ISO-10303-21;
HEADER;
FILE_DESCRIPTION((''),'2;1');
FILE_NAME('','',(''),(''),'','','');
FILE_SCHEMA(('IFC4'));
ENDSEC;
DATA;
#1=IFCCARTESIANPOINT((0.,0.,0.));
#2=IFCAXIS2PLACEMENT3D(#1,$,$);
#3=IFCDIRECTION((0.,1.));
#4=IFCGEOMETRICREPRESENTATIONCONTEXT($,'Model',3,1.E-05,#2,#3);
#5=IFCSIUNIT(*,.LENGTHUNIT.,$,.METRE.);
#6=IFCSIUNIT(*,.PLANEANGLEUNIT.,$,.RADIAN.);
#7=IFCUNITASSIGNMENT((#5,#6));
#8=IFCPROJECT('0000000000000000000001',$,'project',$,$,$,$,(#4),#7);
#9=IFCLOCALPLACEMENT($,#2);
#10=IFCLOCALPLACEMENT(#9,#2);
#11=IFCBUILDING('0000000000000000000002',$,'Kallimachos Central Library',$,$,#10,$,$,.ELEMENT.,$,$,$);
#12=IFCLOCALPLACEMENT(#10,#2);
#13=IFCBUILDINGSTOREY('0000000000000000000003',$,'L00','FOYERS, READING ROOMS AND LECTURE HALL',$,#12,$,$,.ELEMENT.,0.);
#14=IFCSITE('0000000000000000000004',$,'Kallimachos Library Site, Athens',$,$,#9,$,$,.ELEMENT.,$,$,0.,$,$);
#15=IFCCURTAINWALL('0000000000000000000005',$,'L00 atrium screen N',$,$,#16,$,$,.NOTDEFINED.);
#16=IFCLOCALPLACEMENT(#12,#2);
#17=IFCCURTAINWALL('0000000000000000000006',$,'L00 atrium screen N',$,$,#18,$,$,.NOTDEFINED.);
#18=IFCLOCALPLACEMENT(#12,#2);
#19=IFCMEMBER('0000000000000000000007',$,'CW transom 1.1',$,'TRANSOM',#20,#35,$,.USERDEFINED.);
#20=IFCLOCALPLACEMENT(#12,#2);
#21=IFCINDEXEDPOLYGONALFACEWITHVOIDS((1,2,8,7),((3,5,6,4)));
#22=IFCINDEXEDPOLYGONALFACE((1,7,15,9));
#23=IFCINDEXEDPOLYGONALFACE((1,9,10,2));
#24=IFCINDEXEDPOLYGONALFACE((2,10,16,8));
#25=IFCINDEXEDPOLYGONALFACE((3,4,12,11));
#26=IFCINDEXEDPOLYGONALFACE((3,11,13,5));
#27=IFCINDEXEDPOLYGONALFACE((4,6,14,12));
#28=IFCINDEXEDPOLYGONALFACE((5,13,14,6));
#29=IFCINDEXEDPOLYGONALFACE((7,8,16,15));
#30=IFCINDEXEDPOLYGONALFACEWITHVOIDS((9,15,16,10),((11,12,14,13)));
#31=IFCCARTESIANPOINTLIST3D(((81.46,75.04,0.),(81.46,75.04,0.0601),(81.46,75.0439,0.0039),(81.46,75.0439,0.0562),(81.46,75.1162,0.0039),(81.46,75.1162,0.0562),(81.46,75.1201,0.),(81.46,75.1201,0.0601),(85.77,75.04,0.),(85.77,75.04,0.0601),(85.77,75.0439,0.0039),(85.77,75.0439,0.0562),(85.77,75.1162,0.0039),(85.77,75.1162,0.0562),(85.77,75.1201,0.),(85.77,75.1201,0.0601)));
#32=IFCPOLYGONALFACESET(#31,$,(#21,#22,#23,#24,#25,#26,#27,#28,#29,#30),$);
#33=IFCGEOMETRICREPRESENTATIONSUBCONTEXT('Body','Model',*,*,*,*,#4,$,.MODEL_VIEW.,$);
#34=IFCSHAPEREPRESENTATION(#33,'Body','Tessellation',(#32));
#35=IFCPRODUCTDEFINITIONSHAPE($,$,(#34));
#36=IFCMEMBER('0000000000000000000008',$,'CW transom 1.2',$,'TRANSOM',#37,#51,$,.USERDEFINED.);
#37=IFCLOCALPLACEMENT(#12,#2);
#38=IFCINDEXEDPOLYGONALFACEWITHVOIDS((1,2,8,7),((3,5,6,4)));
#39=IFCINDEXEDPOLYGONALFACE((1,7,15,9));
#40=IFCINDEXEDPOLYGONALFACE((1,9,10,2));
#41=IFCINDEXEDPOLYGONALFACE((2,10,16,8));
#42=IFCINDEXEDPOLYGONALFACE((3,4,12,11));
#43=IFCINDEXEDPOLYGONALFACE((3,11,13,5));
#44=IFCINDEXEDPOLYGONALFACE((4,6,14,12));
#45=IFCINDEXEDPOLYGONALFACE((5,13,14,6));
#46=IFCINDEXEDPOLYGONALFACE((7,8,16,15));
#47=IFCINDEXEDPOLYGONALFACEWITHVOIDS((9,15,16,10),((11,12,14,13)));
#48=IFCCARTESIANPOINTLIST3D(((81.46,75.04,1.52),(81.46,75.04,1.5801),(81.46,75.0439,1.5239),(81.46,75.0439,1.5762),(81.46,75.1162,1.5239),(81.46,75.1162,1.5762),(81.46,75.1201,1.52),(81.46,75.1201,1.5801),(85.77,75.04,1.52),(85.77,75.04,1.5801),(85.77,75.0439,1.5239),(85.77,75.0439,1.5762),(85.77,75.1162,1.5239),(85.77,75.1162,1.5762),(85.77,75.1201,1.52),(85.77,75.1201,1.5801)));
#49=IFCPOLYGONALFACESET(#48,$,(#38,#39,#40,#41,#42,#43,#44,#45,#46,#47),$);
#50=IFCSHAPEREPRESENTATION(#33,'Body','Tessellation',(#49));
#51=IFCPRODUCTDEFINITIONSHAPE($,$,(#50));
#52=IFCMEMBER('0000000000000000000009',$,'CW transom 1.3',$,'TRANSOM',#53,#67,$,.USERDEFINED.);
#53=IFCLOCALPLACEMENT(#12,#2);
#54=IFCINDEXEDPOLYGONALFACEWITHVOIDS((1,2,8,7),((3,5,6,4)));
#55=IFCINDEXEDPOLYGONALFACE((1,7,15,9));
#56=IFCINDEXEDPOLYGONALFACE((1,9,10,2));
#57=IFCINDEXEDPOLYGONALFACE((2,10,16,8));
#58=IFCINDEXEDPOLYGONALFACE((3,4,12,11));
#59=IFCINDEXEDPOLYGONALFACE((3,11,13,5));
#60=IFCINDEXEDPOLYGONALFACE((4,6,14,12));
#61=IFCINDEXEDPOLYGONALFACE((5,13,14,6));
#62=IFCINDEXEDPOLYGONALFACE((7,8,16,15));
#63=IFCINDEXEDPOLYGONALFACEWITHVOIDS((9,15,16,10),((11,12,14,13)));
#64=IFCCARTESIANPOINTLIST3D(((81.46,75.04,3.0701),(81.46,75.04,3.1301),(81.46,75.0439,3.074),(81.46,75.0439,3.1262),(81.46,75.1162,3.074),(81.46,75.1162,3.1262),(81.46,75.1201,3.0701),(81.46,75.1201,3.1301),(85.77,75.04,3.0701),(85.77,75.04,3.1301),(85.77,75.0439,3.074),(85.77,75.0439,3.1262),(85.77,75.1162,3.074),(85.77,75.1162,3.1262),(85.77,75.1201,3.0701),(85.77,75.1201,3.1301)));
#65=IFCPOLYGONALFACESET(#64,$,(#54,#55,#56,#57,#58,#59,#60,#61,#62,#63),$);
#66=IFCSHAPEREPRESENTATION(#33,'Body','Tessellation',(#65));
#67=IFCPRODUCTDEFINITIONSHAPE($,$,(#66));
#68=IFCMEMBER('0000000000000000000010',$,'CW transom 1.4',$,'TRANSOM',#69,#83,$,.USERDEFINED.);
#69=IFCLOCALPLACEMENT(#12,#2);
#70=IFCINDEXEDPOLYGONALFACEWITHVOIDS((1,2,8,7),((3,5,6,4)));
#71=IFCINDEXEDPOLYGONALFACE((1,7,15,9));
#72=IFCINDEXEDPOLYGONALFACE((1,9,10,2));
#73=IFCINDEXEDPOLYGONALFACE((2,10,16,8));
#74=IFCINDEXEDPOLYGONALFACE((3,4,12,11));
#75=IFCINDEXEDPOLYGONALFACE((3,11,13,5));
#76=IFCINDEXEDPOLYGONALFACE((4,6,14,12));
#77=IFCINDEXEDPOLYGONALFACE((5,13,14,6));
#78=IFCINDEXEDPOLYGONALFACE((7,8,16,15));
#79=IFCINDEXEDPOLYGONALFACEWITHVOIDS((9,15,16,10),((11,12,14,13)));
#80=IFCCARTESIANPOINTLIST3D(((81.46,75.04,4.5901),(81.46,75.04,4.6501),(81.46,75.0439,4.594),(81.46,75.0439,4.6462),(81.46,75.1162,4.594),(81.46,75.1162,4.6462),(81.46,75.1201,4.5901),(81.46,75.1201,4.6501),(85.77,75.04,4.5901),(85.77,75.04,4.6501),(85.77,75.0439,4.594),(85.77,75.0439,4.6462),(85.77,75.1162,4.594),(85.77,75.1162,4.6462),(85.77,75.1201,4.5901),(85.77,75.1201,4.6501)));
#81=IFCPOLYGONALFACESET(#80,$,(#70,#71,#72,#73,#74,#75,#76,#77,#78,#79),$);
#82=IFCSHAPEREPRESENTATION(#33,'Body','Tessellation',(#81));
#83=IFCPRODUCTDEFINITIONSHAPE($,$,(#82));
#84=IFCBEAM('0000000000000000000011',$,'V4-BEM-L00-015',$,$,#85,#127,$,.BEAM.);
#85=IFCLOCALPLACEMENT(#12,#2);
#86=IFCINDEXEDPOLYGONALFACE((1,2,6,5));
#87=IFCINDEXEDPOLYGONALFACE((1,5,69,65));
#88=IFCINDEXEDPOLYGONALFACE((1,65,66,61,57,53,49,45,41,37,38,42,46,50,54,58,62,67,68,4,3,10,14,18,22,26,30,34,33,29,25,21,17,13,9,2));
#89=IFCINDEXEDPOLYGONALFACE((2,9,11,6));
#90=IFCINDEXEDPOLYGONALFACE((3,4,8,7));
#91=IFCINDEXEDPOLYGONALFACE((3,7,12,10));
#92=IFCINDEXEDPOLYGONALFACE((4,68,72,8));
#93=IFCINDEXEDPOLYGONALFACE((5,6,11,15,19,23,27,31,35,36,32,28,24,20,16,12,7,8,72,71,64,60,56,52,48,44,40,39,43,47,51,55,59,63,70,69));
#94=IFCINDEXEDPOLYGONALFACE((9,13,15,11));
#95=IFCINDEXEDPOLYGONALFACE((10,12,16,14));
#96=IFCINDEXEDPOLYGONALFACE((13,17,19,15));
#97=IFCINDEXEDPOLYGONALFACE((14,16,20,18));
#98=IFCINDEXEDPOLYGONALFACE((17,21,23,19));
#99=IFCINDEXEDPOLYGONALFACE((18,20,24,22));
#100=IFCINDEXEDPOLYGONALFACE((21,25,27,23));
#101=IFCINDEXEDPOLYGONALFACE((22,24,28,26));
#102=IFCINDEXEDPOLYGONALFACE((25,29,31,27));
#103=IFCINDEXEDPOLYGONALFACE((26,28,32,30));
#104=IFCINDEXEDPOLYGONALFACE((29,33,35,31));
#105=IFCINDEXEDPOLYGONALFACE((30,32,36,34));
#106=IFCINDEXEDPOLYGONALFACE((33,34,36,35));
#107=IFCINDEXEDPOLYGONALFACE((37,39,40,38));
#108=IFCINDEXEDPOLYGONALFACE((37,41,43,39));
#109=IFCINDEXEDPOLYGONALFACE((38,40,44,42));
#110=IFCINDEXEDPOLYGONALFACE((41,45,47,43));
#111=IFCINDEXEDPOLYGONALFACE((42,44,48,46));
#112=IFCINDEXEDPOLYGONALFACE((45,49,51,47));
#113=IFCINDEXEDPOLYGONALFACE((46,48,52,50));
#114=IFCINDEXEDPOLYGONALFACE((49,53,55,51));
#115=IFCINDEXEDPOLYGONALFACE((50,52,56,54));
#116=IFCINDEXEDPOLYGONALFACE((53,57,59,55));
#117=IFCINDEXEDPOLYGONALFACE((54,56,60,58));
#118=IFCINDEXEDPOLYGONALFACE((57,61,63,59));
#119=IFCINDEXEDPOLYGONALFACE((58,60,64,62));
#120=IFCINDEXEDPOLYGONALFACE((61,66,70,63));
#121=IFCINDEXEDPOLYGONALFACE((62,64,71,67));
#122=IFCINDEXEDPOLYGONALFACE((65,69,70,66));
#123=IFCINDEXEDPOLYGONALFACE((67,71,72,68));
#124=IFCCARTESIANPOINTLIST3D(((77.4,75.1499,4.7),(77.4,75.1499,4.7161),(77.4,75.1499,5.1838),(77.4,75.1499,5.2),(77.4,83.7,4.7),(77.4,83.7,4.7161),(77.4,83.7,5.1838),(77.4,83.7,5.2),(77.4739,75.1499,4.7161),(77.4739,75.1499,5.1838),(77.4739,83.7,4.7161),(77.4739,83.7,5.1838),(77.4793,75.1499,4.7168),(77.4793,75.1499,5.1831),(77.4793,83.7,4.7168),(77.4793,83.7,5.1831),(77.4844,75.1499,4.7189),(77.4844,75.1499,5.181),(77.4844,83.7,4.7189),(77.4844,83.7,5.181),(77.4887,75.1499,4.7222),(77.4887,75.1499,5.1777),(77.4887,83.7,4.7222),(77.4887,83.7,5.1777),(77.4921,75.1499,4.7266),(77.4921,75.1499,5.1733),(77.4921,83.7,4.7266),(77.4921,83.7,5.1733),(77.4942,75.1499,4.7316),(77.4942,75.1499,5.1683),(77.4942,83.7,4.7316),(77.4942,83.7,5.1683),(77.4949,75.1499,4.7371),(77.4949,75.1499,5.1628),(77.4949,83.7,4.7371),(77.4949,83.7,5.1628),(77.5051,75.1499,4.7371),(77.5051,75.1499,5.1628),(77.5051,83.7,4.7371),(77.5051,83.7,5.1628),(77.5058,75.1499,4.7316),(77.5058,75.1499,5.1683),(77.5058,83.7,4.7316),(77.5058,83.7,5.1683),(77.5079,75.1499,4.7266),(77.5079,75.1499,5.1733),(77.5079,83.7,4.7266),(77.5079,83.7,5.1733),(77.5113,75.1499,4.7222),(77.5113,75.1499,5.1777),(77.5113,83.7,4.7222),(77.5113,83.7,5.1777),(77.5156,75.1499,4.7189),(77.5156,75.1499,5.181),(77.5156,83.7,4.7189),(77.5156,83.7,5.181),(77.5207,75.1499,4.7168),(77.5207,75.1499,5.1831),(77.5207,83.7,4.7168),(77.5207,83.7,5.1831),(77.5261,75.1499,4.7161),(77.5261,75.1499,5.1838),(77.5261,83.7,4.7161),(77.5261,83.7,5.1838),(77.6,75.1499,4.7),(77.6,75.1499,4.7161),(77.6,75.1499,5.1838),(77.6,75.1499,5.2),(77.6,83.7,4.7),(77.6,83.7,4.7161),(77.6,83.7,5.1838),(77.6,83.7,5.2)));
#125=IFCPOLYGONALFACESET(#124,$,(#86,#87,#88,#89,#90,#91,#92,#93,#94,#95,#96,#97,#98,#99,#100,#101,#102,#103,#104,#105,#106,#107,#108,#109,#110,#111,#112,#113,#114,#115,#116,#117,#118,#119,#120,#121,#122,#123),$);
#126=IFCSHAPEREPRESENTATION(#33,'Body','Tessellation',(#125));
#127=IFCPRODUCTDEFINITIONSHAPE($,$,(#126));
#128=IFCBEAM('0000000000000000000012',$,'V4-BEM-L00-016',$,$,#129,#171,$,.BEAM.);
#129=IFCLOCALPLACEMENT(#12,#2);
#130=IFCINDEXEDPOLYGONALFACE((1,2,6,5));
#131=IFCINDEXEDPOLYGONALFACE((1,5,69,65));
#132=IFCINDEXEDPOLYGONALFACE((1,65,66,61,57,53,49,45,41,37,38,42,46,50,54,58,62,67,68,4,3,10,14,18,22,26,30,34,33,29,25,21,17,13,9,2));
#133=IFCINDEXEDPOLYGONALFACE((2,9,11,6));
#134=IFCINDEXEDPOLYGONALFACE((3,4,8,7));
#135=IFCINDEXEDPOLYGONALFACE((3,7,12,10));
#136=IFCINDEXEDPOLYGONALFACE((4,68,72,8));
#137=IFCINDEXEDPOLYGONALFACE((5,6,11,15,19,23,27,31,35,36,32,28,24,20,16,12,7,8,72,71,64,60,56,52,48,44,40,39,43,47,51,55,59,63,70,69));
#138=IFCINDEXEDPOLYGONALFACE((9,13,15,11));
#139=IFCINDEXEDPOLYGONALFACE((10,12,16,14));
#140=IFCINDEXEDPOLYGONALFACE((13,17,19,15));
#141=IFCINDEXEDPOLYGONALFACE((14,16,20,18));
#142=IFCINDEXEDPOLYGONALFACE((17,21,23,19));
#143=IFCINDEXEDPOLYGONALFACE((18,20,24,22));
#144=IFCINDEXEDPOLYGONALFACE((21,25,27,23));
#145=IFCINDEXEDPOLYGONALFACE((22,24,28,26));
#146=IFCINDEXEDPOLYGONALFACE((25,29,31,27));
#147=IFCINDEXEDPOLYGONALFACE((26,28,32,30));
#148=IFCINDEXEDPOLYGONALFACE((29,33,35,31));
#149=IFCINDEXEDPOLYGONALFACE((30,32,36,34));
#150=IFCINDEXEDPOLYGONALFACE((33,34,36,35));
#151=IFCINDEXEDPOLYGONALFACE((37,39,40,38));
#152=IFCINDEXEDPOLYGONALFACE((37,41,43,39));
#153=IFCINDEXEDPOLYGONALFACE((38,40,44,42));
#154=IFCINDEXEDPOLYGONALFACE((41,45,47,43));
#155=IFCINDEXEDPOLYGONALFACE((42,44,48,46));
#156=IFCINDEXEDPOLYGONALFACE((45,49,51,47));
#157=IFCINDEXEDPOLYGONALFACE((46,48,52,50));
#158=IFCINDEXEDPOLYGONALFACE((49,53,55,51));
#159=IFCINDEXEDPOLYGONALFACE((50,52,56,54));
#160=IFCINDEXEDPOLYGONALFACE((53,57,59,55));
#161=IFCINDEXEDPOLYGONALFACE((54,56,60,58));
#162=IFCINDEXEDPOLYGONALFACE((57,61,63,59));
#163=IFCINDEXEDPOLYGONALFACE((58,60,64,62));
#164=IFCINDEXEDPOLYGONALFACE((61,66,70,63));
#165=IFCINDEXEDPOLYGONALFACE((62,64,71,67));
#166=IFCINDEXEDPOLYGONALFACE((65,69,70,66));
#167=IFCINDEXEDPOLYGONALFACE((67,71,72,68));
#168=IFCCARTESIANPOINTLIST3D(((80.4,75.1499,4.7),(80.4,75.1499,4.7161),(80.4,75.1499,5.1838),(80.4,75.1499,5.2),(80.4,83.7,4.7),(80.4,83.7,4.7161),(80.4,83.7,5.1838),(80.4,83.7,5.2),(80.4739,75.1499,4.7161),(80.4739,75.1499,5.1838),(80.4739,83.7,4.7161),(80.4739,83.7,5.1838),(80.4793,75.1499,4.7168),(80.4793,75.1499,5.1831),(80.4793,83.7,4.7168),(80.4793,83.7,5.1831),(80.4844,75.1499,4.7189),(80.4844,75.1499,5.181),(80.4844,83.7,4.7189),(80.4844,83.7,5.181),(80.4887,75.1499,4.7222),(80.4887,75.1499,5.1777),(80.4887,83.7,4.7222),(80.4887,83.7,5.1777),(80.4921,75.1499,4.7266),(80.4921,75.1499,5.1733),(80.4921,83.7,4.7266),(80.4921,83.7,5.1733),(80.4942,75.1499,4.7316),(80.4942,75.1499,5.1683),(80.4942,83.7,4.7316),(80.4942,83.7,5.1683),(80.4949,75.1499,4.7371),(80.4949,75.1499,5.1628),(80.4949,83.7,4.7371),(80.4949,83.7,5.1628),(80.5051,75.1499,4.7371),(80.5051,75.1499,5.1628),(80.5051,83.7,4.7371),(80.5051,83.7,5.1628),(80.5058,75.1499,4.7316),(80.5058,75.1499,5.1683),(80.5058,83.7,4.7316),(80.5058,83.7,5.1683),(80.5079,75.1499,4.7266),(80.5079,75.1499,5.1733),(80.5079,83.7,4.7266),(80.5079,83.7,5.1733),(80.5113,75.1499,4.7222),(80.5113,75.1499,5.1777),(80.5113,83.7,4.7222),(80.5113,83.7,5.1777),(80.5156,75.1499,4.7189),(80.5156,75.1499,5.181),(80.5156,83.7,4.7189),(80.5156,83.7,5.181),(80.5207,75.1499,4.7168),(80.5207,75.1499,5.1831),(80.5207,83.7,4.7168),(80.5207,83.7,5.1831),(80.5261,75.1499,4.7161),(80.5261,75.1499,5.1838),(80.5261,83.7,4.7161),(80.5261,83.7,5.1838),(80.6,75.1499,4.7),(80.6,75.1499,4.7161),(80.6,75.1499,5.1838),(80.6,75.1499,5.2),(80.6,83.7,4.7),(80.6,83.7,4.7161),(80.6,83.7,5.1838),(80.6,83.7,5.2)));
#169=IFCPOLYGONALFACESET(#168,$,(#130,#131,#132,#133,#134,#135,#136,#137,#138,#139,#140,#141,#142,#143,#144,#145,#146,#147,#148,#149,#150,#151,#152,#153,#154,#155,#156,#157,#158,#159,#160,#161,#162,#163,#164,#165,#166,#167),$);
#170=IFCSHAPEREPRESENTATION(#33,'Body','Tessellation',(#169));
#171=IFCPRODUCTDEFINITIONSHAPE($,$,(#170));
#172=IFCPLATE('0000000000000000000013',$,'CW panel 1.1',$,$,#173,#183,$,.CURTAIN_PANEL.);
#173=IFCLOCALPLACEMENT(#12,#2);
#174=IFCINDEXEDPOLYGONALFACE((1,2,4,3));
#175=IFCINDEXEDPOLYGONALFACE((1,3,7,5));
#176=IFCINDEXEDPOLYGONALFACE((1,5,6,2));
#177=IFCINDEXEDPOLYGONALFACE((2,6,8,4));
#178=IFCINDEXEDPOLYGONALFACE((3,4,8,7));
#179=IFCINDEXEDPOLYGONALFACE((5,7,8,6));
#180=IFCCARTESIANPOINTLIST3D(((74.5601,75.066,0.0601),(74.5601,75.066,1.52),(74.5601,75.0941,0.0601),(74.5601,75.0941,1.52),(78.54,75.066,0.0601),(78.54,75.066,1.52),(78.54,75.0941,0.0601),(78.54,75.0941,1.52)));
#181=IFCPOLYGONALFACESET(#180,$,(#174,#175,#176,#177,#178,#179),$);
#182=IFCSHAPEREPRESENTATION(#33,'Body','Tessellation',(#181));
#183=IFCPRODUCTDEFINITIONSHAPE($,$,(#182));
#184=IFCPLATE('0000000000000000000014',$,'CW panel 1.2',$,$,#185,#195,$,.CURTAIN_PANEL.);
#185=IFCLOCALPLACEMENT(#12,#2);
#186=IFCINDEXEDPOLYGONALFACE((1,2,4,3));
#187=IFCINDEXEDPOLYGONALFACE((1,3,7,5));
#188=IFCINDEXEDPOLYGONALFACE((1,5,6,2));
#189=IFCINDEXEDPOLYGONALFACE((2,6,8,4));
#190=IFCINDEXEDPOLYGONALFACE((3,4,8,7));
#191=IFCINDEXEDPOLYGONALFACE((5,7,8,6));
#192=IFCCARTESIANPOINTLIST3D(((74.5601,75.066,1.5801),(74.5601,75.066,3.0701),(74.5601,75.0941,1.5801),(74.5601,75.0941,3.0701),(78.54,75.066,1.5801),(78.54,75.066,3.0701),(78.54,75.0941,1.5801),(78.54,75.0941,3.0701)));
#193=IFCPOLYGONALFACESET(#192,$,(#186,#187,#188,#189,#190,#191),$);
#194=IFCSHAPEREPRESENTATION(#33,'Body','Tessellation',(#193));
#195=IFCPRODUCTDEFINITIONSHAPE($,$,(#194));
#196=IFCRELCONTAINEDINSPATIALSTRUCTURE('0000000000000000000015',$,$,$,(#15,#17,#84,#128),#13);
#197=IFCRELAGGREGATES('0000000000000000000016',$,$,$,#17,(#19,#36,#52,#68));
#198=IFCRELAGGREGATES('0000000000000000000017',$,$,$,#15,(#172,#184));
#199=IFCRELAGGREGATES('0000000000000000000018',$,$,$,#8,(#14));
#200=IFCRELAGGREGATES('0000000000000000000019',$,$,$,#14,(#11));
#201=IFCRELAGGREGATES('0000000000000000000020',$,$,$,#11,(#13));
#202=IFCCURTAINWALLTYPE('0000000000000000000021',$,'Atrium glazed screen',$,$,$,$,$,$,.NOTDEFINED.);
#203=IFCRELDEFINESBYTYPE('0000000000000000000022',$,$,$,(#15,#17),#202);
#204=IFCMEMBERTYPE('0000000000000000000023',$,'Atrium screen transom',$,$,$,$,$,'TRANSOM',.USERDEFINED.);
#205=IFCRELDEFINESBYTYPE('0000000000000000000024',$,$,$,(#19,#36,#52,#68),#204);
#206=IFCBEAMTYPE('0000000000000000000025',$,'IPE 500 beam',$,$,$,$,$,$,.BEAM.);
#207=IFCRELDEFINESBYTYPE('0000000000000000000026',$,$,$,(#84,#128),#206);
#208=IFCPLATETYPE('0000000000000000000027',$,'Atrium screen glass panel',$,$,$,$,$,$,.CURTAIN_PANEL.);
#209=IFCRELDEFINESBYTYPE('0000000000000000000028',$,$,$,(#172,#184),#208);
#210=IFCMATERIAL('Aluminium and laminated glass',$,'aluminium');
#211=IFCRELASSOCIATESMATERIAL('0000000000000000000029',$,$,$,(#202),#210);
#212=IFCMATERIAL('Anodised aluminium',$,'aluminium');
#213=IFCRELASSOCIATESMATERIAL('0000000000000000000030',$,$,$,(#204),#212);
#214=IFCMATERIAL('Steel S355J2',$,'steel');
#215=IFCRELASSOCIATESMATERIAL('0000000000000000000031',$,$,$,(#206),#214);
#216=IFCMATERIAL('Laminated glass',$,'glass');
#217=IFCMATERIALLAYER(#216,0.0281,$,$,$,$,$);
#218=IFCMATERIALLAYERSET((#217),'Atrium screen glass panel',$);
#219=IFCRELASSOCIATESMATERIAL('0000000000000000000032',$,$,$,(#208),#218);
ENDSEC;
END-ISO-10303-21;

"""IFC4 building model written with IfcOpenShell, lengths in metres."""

from ifc_helpers import new_model, si_unit, direction, frame, origin, origin_2d, place, context, subcontext, project, spatial, rectangle, hollow_rectangle, i_section, extrude, material, layer, layer_set, material_profile, profile_set, type_object, element, aggregate, save


model = new_model("IFC4")

# Units and contexts
model_context = context("Model", 3, precision=1e-05, world=origin(), true_north=direction((0.0, 1.0)))
body_context = subcontext(model_context, "Body", "Model", "MODEL_VIEW")
ifc_project = project(units=[si_unit("LENGTHUNIT", "METRE"), si_unit("PLANEANGLEUNIT", "RADIAN")], contexts=[model_context])

# Site, building, storey
site_placement = place(None, origin())
site = spatial("IfcSite", under=ifc_project, at=site_placement, Name="Kallimachos Library Site, Athens", CompositionType="ELEMENT", RefElevation=0.0)
building_placement = place(site_placement, origin())
building = spatial("IfcBuilding", under=site, at=building_placement, Name="Kallimachos Central Library", CompositionType="ELEMENT")
storey_placement = place(building_placement, origin())
storey = spatial("IfcBuildingStorey", under=building, at=storey_placement, Name="L00", Description="FOYERS, READING ROOMS AND LECTURE HALL", CompositionType="ELEMENT", Elevation=0.0)

# Curtain walls
ifc_material_1 = material(Name="Aluminium and laminated glass", Category="aluminium")
curtain_wall_type = type_object("IfcCurtainWallType", Name="Atrium glazed screen", PredefinedType="NOTDEFINED", material=ifc_material_1)
curtain_wall_1_placement = place(storey_placement, origin())
curtain_wall_1 = element("IfcCurtainWall", 1, at=curtain_wall_1_placement, inside=storey, type_object=curtain_wall_type, Name="L00 atrium screen N", PredefinedType="NOTDEFINED")
curtain_wall_2_placement = place(storey_placement, origin())
curtain_wall_2 = element("IfcCurtainWall", 2, at=curtain_wall_2_placement, inside=storey, type_object=curtain_wall_type, Name="L00 atrium screen N", PredefinedType="NOTDEFINED")

# Members
ifc_material_2 = material(Name="Anodised aluminium", Category="aluminium")
ifc_material_profile_1 = material_profile(ifc_material_2, hollow_rectangle(XDim=0.0601, YDim=0.0801, WallThickness=0.0039, at=origin_2d()), Name="ALU TRANSOM 60x80")
ifc_profile_set_1 = profile_set([ifc_material_profile_1], Name="Anodised aluminium")
member_type_1 = type_object("IfcMemberType", Name="Atrium screen transom", ElementType="TRANSOM", PredefinedType="USERDEFINED", material=ifc_profile_set_1)
member_1_placement = place(storey_placement, frame((81.46, 75.0801, 0.03), z_axis=(1.0, 0.0, 0.0), x_axis=(0.0, 0.0, 1.0)))
member_1 = element("IfcMember", 3, at=member_1_placement, type_object=member_type_1, Name="CW transom 1.1", ObjectType="TRANSOM", PredefinedType="USERDEFINED", context=body_context, shape_type="SweptSolid", body=[
    extrude(hollow_rectangle(XDim=0.0601, YDim=0.0801, WallThickness=0.0039, at=origin_2d()), origin(), (0.0, 0.0, 1.0), 4.3101),
])
member_2_placement = place(storey_placement, frame((81.46, 75.0801, 1.55), z_axis=(1.0, 0.0, 0.0), x_axis=(0.0, 0.0, 1.0)))
member_2 = element("IfcMember", 4, at=member_2_placement, type_object=member_type_1, Name="CW transom 1.2", ObjectType="TRANSOM", PredefinedType="USERDEFINED", context=body_context, shape_type="SweptSolid", body=[
    extrude(hollow_rectangle(XDim=0.0601, YDim=0.0801, WallThickness=0.0039, at=origin_2d()), origin(), (0.0, 0.0, 1.0), 4.3101),
])
member_3_placement = place(storey_placement, frame((81.46, 75.0801, 3.1001), z_axis=(1.0, 0.0, 0.0), x_axis=(0.0, 0.0, 1.0)))
member_3 = element("IfcMember", 5, at=member_3_placement, type_object=member_type_1, Name="CW transom 1.3", ObjectType="TRANSOM", PredefinedType="USERDEFINED", context=body_context, shape_type="SweptSolid", body=[
    extrude(hollow_rectangle(XDim=0.0601, YDim=0.0801, WallThickness=0.0039, at=origin_2d()), origin(), (0.0, 0.0, 1.0), 4.3101),
])
member_4_placement = place(storey_placement, frame((81.46, 75.0801, 4.6201), z_axis=(1.0, 0.0, 0.0), x_axis=(0.0, 0.0, 1.0)))
member_4 = element("IfcMember", 6, at=member_4_placement, type_object=member_type_1, Name="CW transom 1.4", ObjectType="TRANSOM", PredefinedType="USERDEFINED", context=body_context, shape_type="SweptSolid", body=[
    extrude(hollow_rectangle(XDim=0.0601, YDim=0.0801, WallThickness=0.0039, at=origin_2d()), origin(), (0.0, 0.0, 1.0), 4.3101),
])
aggregate(curtain_wall_2, [member_1, member_2, member_3, member_4])

# Beams
ifc_material_3 = material(Name="Steel S355J2", Category="steel")
ifc_material_profile_2 = material_profile(ifc_material_3, i_section(OverallWidth=0.2, OverallDepth=0.5, WebThickness=0.0103, FlangeThickness=0.0161, FilletRadius=0.021, at=origin_2d()), Name="IPE 500")
ifc_profile_set_2 = profile_set([ifc_material_profile_2], Name="Steel S355J2")
beam_type = type_object("IfcBeamType", Name="IPE 500 beam", PredefinedType="BEAM", material=ifc_profile_set_2)
for number, where, z_axis, x_axis, name in (
    (7, (77.5, 75.1499, 4.95), (0.0, 1.0, 0.0), (-1.0, 0.0, 0.0), "V4-BEM-L00-015"),
    (8, (80.5, 75.1499, 4.95), (0.0, 1.0, 0.0), (-1.0, 0.0, 0.0), "V4-BEM-L00-016"),
):
    element("IfcBeam", number, at=place(storey_placement, frame(where, z_axis=z_axis, x_axis=x_axis)), inside=storey, type_object=beam_type, Name=name, PredefinedType="BEAM", context=body_context, shape_type="SweptSolid", body=[
        extrude(i_section(OverallWidth=0.2, OverallDepth=0.5, WebThickness=0.0103, FlangeThickness=0.0161, FilletRadius=0.021, at=origin_2d()), origin(), (0.0, 0.0, 1.0), 8.55),
    ])

# Plates
ifc_material_4 = material(Name="Laminated glass", Category="glass")
ifc_layer_1 = layer(ifc_material_4, 0.0281)
ifc_layer_set_1 = layer_set([ifc_layer_1], Name="Atrium screen glass panel")
plate_type = type_object("IfcPlateType", Name="Atrium screen glass panel", PredefinedType="CURTAIN_PANEL", material=ifc_layer_set_1)
plate_1_placement = place(storey_placement, frame((76.55, 75.0801, 0.0601), z_axis=(0.0, 0.0, 1.0), x_axis=(1.0, 0.0, 0.0)))
plate_1 = element("IfcPlate", 9, at=plate_1_placement, type_object=plate_type, Name="CW panel 1.1", PredefinedType="CURTAIN_PANEL", context=body_context, shape_type="SweptSolid", body=[
    extrude(rectangle(XDim=3.98, YDim=0.0281, at=origin_2d()), origin(), (0.0, 0.0, 1.0), 1.46),
])
plate_2_placement = place(storey_placement, frame((76.55, 75.0801, 1.5801), z_axis=(0.0, 0.0, 1.0), x_axis=(1.0, 0.0, 0.0)))
plate_2 = element("IfcPlate", 10, at=plate_2_placement, type_object=plate_type, Name="CW panel 1.2", PredefinedType="CURTAIN_PANEL", context=body_context, shape_type="SweptSolid", body=[
    extrude(rectangle(XDim=3.98, YDim=0.0281, at=origin_2d()), origin(), (0.0, 0.0, 1.0), 1.49),
])
aggregate(curtain_wall_1, [plate_1, plate_2])

save(model, "model.ifc")
